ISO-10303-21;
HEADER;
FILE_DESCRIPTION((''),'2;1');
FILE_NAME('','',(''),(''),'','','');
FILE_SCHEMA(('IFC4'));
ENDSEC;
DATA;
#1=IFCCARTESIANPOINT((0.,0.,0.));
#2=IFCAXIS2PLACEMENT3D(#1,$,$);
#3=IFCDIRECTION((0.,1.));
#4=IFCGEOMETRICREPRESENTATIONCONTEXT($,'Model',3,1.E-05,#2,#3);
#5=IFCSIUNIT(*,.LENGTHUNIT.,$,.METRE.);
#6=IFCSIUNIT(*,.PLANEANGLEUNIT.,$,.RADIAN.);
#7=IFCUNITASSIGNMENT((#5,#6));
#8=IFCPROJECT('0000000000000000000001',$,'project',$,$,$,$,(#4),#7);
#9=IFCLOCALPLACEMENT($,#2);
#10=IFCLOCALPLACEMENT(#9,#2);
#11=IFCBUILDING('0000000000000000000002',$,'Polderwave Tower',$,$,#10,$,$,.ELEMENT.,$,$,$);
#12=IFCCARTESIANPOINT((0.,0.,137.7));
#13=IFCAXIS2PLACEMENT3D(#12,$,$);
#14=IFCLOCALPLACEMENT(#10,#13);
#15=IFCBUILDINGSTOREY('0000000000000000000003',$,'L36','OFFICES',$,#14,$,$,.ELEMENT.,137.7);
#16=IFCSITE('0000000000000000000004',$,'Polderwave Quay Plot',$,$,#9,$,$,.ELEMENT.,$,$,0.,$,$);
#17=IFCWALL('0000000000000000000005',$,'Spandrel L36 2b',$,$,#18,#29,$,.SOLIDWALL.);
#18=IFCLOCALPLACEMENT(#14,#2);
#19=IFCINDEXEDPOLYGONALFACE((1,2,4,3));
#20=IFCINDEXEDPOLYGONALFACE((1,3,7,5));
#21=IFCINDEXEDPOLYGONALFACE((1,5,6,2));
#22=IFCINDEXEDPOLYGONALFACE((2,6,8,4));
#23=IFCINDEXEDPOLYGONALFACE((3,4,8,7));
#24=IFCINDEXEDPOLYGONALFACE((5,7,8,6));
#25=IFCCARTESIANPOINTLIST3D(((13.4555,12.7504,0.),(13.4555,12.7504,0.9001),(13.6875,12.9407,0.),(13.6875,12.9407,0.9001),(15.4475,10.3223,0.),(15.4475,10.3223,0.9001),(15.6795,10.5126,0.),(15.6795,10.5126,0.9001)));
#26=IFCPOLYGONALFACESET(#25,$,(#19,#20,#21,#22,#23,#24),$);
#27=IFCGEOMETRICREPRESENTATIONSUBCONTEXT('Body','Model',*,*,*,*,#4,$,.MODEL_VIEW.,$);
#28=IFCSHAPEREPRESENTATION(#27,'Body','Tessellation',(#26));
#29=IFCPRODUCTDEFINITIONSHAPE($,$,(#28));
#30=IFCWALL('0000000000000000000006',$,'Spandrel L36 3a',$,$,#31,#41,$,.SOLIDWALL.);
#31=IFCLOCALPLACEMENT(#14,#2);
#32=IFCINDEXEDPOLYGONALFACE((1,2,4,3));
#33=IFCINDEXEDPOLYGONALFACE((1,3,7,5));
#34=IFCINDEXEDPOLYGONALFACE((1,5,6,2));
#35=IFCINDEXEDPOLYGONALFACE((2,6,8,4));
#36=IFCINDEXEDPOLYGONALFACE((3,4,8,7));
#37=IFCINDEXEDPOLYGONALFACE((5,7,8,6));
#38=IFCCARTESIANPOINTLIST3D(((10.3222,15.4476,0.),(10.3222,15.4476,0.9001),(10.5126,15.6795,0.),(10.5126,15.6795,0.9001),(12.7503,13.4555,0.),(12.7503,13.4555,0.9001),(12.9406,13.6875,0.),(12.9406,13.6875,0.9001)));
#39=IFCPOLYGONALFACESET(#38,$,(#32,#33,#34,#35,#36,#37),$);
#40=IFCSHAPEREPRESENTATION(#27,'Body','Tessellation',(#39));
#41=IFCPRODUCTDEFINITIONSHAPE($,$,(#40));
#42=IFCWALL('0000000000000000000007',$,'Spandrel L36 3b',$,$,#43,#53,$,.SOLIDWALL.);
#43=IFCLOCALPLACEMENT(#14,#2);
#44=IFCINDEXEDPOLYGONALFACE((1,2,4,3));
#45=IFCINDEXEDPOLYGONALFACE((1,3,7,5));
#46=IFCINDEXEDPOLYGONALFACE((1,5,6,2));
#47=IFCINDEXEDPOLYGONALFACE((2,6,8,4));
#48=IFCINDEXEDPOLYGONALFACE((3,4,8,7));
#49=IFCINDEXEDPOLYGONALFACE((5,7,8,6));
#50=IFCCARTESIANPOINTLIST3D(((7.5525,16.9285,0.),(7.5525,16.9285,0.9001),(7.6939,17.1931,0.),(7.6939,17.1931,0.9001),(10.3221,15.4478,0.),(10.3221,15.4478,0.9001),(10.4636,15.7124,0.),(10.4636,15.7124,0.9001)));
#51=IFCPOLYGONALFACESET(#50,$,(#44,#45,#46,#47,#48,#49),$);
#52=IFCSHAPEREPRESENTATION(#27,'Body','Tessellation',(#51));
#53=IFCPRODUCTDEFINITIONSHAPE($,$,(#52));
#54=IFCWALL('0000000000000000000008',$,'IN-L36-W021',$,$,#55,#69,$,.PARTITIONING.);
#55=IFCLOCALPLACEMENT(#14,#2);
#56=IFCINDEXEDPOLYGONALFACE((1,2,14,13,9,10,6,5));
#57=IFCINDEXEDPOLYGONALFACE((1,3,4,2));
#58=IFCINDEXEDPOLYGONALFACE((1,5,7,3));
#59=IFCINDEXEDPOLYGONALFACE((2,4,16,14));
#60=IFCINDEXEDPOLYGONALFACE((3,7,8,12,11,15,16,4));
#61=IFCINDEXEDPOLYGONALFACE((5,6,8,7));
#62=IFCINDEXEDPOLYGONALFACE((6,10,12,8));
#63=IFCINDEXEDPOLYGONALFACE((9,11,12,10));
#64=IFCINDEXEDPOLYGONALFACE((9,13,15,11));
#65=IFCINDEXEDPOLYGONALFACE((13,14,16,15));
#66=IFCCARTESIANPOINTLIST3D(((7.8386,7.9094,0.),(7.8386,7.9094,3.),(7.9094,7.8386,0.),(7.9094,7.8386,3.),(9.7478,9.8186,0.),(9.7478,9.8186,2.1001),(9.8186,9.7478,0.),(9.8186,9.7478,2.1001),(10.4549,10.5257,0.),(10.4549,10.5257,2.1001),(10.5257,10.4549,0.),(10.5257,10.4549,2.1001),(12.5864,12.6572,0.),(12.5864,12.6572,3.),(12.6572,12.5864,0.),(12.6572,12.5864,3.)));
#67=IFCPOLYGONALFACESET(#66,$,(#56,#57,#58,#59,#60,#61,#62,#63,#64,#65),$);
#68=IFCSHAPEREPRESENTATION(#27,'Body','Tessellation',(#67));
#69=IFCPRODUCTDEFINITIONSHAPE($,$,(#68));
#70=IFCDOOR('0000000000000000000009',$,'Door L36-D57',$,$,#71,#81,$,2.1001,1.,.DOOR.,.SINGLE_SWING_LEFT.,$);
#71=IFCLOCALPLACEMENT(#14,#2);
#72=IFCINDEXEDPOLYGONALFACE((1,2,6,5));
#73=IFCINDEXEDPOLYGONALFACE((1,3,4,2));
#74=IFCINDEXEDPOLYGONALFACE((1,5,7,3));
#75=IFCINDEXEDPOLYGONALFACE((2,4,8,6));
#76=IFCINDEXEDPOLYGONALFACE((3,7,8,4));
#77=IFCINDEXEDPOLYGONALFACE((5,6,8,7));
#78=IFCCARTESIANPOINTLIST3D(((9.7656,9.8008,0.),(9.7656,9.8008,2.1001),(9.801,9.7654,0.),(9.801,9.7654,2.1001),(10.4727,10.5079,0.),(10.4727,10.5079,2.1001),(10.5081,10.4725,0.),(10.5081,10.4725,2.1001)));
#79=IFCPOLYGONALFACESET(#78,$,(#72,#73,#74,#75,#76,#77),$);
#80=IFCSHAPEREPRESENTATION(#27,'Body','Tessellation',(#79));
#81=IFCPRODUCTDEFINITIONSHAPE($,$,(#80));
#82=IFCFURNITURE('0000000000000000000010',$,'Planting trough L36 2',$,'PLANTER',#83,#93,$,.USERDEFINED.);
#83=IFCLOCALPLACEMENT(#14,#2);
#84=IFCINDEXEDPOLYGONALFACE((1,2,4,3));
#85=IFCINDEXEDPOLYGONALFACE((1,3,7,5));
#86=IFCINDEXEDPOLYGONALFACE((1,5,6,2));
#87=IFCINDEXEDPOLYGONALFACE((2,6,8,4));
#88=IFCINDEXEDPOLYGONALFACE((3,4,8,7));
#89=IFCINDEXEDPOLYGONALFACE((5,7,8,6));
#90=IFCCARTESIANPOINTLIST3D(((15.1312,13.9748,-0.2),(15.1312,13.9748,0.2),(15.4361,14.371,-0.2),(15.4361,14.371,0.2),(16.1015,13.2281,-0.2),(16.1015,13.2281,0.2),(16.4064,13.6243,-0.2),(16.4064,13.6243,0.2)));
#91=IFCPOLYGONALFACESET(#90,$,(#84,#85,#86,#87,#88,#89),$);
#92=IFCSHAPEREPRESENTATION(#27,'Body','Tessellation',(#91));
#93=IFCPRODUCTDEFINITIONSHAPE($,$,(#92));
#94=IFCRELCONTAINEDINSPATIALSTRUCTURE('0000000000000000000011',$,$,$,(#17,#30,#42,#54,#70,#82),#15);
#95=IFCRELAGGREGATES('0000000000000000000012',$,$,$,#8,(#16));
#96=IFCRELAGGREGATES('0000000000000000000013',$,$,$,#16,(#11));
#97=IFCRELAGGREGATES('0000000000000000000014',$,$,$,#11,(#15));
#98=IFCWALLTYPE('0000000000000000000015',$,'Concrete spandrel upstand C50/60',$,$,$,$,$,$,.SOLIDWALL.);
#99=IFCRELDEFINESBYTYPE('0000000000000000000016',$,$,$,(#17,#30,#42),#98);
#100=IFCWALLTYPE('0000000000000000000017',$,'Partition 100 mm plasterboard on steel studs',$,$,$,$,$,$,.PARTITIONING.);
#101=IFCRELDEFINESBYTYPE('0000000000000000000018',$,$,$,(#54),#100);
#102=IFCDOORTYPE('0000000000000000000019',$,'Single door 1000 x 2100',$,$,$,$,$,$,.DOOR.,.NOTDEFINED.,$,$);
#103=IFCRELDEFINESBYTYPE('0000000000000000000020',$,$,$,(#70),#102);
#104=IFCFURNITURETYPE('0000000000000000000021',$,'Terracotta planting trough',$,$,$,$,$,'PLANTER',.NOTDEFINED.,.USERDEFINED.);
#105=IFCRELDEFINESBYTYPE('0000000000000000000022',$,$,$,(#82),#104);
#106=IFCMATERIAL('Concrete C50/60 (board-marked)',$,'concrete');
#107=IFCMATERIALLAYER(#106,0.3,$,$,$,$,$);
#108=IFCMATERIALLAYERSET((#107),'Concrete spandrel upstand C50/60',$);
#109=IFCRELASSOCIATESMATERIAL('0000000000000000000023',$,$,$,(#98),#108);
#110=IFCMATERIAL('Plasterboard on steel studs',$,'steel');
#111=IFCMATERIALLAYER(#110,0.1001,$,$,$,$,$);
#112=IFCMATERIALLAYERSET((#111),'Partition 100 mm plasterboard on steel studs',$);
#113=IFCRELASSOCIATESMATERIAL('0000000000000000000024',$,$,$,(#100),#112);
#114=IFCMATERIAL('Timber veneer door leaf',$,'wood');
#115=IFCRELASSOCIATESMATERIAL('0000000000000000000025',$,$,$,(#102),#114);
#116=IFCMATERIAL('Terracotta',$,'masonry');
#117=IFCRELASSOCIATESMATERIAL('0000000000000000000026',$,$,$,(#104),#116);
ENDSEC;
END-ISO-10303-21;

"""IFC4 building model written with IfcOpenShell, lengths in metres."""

from ifc_helpers import new_model, si_unit, direction, frame, frame_2d, origin, origin_2d, place, context, subcontext, project, spatial, rectangle, extrude, material, layer, layer_set, type_object, element, fill, save


model = new_model("IFC4")

# Units and contexts
model_context = context("Model", 3, precision=1e-05, world=origin(), true_north=direction((0.0, 1.0)))
body_context = subcontext(model_context, "Body", "Model", "MODEL_VIEW")
ifc_project = project(units=[si_unit("LENGTHUNIT", "METRE"), si_unit("PLANEANGLEUNIT", "RADIAN")], contexts=[model_context])

# Site, building, storey
site_placement = place(None, origin())
site = spatial("IfcSite", under=ifc_project, at=site_placement, Name="Polderwave Quay Plot", CompositionType="ELEMENT", RefElevation=0.0)
building_placement = place(site_placement, origin())
building = spatial("IfcBuilding", under=site, at=building_placement, Name="Polderwave Tower", CompositionType="ELEMENT")
storey_placement = place(building_placement, frame((0.0, 0.0, 137.7)))
storey = spatial("IfcBuildingStorey", under=building, at=storey_placement, Name="L36", Description="OFFICES", CompositionType="ELEMENT", Elevation=137.7)

# Walls
ifc_material_1 = material(Name="Concrete C50/60 (board-marked)", Category="concrete")
ifc_layer_1 = layer(ifc_material_1, 0.3)
ifc_layer_set_1 = layer_set([ifc_layer_1], Name="Concrete spandrel upstand C50/60")
wall_type_1 = type_object("IfcWallType", Name="Concrete spandrel upstand C50/60", PredefinedType="SOLIDWALL", material=ifc_layer_set_1)
for number, where, z_axis, x_axis, name in (
    (1, (15.5635, 10.4175, 0.0), (0.0, 0.0, 1.0), (-0.63427, 0.773111, 0.0), "Spandrel L36 2b"),
    (2, (12.8455, 13.5715, 0.0), (0.0, 0.0, 1.0), (-0.773111, 0.63427, 0.0), "Spandrel L36 3a"),
    (3, (10.3928, 15.5801, 0.0), (0.0, 0.0, 1.0), (-0.881873, 0.471488, 0.0), "Spandrel L36 3b"),
):
    element("IfcWall", number, at=place(storey_placement, frame(where, z_axis=z_axis, x_axis=x_axis)), inside=storey, type_object=wall_type_1, Name=name, PredefinedType="SOLIDWALL", context=body_context, shape_type="SweptSolid", body=[
        extrude(rectangle(XDim=3.1406, YDim=0.3, at=frame_2d((1.5703, 0.0))), origin(), (0.0, 0.0, 1.0), 0.9001),
    ])

# Wall, opening, door
ifc_material_2 = material(Name="Plasterboard on steel studs", Category="steel")
ifc_layer_2 = layer(ifc_material_2, 0.1001)
ifc_layer_set_2 = layer_set([ifc_layer_2], Name="Partition 100 mm plasterboard on steel studs")
wall_type_2 = type_object("IfcWallType", Name="Partition 100 mm plasterboard on steel studs", PredefinedType="PARTITIONING", material=ifc_layer_set_2)
wall_placement = place(storey_placement, frame((7.874, 7.874, 0.0), z_axis=(0.0, 0.0, 1.0), x_axis=(0.707107, 0.707107, 0.0)))
wall = element("IfcWall", 4, at=wall_placement, inside=storey, type_object=wall_type_2, Name="IN-L36-W021", PredefinedType="PARTITIONING", context=body_context, shape_type="SweptSolid", body=[
    extrude(rectangle(XDim=6.7144, YDim=0.1001, at=frame_2d((3.3572, 0.0))), origin(), (0.0, 0.0, 1.0), 3.0),
])
opening_placement = place(wall_placement, frame((2.7, 0.0, 0.0)))
opening = element("IfcOpeningElement", 5, at=opening_placement, cuts=wall, PredefinedType="OPENING", context=body_context, shape_type="SweptSolid", body=[
    extrude(rectangle(XDim=1.0, YDim=2.1001, at=frame_2d((0.5, 1.05))), frame((0.0, 0.0601, 0.0), z_axis=(0.0, -1.0, 0.0), x_axis=(1.0, 0.0, 0.0)), (0.0, 0.0, 1.0), 0.1201),
])
ifc_material_3 = material(Name="Timber veneer door leaf", Category="wood")
door_type = type_object("IfcDoorType", Name="Single door 1000 x 2100", OperationType="NOTDEFINED", PredefinedType="DOOR", material=ifc_material_3)
door_placement = place(opening_placement, origin())
door = element("IfcDoor", 6, at=door_placement, inside=storey, type_object=door_type, Name="Door L36-D57", OperationType="SINGLE_SWING_LEFT", OverallHeight=2.1001, OverallWidth=1.0, PredefinedType="DOOR", context=body_context, shape_type="SweptSolid", body=[
    extrude(rectangle(XDim=1.0, YDim=2.1001, at=frame_2d((0.5, 1.05))), frame((0.0, 0.0249, 0.0), z_axis=(0.0, -1.0, 0.0), x_axis=(1.0, 0.0, 0.0)), (0.0, 0.0, 1.0), 0.05),
])
fill(opening, door)

# Furniture
ifc_material_4 = material(Name="Terracotta", Category="masonry")
furniture_type = type_object("IfcFurnitureType", Name="Terracotta planting trough", ElementType="PLANTER", AssemblyPlace="NOTDEFINED", PredefinedType="USERDEFINED", material=ifc_material_4)
furniture_placement = place(storey_placement, frame((15.7688, 13.7996, -0.2), z_axis=(0.0, 0.0, 1.0), x_axis=(-0.792507, 0.609863, 0.0)))
element("IfcFurniture", 7, at=furniture_placement, inside=storey, type_object=furniture_type, Name="Planting trough L36 2", ObjectType="PLANTER", PredefinedType="USERDEFINED", context=body_context, shape_type="SweptSolid", body=[
    extrude(rectangle(XDim=1.2244, YDim=0.5, at=origin_2d()), origin(), (0.0, 0.0, 1.0), 0.3999),
])

save(model, "model.ifc")
